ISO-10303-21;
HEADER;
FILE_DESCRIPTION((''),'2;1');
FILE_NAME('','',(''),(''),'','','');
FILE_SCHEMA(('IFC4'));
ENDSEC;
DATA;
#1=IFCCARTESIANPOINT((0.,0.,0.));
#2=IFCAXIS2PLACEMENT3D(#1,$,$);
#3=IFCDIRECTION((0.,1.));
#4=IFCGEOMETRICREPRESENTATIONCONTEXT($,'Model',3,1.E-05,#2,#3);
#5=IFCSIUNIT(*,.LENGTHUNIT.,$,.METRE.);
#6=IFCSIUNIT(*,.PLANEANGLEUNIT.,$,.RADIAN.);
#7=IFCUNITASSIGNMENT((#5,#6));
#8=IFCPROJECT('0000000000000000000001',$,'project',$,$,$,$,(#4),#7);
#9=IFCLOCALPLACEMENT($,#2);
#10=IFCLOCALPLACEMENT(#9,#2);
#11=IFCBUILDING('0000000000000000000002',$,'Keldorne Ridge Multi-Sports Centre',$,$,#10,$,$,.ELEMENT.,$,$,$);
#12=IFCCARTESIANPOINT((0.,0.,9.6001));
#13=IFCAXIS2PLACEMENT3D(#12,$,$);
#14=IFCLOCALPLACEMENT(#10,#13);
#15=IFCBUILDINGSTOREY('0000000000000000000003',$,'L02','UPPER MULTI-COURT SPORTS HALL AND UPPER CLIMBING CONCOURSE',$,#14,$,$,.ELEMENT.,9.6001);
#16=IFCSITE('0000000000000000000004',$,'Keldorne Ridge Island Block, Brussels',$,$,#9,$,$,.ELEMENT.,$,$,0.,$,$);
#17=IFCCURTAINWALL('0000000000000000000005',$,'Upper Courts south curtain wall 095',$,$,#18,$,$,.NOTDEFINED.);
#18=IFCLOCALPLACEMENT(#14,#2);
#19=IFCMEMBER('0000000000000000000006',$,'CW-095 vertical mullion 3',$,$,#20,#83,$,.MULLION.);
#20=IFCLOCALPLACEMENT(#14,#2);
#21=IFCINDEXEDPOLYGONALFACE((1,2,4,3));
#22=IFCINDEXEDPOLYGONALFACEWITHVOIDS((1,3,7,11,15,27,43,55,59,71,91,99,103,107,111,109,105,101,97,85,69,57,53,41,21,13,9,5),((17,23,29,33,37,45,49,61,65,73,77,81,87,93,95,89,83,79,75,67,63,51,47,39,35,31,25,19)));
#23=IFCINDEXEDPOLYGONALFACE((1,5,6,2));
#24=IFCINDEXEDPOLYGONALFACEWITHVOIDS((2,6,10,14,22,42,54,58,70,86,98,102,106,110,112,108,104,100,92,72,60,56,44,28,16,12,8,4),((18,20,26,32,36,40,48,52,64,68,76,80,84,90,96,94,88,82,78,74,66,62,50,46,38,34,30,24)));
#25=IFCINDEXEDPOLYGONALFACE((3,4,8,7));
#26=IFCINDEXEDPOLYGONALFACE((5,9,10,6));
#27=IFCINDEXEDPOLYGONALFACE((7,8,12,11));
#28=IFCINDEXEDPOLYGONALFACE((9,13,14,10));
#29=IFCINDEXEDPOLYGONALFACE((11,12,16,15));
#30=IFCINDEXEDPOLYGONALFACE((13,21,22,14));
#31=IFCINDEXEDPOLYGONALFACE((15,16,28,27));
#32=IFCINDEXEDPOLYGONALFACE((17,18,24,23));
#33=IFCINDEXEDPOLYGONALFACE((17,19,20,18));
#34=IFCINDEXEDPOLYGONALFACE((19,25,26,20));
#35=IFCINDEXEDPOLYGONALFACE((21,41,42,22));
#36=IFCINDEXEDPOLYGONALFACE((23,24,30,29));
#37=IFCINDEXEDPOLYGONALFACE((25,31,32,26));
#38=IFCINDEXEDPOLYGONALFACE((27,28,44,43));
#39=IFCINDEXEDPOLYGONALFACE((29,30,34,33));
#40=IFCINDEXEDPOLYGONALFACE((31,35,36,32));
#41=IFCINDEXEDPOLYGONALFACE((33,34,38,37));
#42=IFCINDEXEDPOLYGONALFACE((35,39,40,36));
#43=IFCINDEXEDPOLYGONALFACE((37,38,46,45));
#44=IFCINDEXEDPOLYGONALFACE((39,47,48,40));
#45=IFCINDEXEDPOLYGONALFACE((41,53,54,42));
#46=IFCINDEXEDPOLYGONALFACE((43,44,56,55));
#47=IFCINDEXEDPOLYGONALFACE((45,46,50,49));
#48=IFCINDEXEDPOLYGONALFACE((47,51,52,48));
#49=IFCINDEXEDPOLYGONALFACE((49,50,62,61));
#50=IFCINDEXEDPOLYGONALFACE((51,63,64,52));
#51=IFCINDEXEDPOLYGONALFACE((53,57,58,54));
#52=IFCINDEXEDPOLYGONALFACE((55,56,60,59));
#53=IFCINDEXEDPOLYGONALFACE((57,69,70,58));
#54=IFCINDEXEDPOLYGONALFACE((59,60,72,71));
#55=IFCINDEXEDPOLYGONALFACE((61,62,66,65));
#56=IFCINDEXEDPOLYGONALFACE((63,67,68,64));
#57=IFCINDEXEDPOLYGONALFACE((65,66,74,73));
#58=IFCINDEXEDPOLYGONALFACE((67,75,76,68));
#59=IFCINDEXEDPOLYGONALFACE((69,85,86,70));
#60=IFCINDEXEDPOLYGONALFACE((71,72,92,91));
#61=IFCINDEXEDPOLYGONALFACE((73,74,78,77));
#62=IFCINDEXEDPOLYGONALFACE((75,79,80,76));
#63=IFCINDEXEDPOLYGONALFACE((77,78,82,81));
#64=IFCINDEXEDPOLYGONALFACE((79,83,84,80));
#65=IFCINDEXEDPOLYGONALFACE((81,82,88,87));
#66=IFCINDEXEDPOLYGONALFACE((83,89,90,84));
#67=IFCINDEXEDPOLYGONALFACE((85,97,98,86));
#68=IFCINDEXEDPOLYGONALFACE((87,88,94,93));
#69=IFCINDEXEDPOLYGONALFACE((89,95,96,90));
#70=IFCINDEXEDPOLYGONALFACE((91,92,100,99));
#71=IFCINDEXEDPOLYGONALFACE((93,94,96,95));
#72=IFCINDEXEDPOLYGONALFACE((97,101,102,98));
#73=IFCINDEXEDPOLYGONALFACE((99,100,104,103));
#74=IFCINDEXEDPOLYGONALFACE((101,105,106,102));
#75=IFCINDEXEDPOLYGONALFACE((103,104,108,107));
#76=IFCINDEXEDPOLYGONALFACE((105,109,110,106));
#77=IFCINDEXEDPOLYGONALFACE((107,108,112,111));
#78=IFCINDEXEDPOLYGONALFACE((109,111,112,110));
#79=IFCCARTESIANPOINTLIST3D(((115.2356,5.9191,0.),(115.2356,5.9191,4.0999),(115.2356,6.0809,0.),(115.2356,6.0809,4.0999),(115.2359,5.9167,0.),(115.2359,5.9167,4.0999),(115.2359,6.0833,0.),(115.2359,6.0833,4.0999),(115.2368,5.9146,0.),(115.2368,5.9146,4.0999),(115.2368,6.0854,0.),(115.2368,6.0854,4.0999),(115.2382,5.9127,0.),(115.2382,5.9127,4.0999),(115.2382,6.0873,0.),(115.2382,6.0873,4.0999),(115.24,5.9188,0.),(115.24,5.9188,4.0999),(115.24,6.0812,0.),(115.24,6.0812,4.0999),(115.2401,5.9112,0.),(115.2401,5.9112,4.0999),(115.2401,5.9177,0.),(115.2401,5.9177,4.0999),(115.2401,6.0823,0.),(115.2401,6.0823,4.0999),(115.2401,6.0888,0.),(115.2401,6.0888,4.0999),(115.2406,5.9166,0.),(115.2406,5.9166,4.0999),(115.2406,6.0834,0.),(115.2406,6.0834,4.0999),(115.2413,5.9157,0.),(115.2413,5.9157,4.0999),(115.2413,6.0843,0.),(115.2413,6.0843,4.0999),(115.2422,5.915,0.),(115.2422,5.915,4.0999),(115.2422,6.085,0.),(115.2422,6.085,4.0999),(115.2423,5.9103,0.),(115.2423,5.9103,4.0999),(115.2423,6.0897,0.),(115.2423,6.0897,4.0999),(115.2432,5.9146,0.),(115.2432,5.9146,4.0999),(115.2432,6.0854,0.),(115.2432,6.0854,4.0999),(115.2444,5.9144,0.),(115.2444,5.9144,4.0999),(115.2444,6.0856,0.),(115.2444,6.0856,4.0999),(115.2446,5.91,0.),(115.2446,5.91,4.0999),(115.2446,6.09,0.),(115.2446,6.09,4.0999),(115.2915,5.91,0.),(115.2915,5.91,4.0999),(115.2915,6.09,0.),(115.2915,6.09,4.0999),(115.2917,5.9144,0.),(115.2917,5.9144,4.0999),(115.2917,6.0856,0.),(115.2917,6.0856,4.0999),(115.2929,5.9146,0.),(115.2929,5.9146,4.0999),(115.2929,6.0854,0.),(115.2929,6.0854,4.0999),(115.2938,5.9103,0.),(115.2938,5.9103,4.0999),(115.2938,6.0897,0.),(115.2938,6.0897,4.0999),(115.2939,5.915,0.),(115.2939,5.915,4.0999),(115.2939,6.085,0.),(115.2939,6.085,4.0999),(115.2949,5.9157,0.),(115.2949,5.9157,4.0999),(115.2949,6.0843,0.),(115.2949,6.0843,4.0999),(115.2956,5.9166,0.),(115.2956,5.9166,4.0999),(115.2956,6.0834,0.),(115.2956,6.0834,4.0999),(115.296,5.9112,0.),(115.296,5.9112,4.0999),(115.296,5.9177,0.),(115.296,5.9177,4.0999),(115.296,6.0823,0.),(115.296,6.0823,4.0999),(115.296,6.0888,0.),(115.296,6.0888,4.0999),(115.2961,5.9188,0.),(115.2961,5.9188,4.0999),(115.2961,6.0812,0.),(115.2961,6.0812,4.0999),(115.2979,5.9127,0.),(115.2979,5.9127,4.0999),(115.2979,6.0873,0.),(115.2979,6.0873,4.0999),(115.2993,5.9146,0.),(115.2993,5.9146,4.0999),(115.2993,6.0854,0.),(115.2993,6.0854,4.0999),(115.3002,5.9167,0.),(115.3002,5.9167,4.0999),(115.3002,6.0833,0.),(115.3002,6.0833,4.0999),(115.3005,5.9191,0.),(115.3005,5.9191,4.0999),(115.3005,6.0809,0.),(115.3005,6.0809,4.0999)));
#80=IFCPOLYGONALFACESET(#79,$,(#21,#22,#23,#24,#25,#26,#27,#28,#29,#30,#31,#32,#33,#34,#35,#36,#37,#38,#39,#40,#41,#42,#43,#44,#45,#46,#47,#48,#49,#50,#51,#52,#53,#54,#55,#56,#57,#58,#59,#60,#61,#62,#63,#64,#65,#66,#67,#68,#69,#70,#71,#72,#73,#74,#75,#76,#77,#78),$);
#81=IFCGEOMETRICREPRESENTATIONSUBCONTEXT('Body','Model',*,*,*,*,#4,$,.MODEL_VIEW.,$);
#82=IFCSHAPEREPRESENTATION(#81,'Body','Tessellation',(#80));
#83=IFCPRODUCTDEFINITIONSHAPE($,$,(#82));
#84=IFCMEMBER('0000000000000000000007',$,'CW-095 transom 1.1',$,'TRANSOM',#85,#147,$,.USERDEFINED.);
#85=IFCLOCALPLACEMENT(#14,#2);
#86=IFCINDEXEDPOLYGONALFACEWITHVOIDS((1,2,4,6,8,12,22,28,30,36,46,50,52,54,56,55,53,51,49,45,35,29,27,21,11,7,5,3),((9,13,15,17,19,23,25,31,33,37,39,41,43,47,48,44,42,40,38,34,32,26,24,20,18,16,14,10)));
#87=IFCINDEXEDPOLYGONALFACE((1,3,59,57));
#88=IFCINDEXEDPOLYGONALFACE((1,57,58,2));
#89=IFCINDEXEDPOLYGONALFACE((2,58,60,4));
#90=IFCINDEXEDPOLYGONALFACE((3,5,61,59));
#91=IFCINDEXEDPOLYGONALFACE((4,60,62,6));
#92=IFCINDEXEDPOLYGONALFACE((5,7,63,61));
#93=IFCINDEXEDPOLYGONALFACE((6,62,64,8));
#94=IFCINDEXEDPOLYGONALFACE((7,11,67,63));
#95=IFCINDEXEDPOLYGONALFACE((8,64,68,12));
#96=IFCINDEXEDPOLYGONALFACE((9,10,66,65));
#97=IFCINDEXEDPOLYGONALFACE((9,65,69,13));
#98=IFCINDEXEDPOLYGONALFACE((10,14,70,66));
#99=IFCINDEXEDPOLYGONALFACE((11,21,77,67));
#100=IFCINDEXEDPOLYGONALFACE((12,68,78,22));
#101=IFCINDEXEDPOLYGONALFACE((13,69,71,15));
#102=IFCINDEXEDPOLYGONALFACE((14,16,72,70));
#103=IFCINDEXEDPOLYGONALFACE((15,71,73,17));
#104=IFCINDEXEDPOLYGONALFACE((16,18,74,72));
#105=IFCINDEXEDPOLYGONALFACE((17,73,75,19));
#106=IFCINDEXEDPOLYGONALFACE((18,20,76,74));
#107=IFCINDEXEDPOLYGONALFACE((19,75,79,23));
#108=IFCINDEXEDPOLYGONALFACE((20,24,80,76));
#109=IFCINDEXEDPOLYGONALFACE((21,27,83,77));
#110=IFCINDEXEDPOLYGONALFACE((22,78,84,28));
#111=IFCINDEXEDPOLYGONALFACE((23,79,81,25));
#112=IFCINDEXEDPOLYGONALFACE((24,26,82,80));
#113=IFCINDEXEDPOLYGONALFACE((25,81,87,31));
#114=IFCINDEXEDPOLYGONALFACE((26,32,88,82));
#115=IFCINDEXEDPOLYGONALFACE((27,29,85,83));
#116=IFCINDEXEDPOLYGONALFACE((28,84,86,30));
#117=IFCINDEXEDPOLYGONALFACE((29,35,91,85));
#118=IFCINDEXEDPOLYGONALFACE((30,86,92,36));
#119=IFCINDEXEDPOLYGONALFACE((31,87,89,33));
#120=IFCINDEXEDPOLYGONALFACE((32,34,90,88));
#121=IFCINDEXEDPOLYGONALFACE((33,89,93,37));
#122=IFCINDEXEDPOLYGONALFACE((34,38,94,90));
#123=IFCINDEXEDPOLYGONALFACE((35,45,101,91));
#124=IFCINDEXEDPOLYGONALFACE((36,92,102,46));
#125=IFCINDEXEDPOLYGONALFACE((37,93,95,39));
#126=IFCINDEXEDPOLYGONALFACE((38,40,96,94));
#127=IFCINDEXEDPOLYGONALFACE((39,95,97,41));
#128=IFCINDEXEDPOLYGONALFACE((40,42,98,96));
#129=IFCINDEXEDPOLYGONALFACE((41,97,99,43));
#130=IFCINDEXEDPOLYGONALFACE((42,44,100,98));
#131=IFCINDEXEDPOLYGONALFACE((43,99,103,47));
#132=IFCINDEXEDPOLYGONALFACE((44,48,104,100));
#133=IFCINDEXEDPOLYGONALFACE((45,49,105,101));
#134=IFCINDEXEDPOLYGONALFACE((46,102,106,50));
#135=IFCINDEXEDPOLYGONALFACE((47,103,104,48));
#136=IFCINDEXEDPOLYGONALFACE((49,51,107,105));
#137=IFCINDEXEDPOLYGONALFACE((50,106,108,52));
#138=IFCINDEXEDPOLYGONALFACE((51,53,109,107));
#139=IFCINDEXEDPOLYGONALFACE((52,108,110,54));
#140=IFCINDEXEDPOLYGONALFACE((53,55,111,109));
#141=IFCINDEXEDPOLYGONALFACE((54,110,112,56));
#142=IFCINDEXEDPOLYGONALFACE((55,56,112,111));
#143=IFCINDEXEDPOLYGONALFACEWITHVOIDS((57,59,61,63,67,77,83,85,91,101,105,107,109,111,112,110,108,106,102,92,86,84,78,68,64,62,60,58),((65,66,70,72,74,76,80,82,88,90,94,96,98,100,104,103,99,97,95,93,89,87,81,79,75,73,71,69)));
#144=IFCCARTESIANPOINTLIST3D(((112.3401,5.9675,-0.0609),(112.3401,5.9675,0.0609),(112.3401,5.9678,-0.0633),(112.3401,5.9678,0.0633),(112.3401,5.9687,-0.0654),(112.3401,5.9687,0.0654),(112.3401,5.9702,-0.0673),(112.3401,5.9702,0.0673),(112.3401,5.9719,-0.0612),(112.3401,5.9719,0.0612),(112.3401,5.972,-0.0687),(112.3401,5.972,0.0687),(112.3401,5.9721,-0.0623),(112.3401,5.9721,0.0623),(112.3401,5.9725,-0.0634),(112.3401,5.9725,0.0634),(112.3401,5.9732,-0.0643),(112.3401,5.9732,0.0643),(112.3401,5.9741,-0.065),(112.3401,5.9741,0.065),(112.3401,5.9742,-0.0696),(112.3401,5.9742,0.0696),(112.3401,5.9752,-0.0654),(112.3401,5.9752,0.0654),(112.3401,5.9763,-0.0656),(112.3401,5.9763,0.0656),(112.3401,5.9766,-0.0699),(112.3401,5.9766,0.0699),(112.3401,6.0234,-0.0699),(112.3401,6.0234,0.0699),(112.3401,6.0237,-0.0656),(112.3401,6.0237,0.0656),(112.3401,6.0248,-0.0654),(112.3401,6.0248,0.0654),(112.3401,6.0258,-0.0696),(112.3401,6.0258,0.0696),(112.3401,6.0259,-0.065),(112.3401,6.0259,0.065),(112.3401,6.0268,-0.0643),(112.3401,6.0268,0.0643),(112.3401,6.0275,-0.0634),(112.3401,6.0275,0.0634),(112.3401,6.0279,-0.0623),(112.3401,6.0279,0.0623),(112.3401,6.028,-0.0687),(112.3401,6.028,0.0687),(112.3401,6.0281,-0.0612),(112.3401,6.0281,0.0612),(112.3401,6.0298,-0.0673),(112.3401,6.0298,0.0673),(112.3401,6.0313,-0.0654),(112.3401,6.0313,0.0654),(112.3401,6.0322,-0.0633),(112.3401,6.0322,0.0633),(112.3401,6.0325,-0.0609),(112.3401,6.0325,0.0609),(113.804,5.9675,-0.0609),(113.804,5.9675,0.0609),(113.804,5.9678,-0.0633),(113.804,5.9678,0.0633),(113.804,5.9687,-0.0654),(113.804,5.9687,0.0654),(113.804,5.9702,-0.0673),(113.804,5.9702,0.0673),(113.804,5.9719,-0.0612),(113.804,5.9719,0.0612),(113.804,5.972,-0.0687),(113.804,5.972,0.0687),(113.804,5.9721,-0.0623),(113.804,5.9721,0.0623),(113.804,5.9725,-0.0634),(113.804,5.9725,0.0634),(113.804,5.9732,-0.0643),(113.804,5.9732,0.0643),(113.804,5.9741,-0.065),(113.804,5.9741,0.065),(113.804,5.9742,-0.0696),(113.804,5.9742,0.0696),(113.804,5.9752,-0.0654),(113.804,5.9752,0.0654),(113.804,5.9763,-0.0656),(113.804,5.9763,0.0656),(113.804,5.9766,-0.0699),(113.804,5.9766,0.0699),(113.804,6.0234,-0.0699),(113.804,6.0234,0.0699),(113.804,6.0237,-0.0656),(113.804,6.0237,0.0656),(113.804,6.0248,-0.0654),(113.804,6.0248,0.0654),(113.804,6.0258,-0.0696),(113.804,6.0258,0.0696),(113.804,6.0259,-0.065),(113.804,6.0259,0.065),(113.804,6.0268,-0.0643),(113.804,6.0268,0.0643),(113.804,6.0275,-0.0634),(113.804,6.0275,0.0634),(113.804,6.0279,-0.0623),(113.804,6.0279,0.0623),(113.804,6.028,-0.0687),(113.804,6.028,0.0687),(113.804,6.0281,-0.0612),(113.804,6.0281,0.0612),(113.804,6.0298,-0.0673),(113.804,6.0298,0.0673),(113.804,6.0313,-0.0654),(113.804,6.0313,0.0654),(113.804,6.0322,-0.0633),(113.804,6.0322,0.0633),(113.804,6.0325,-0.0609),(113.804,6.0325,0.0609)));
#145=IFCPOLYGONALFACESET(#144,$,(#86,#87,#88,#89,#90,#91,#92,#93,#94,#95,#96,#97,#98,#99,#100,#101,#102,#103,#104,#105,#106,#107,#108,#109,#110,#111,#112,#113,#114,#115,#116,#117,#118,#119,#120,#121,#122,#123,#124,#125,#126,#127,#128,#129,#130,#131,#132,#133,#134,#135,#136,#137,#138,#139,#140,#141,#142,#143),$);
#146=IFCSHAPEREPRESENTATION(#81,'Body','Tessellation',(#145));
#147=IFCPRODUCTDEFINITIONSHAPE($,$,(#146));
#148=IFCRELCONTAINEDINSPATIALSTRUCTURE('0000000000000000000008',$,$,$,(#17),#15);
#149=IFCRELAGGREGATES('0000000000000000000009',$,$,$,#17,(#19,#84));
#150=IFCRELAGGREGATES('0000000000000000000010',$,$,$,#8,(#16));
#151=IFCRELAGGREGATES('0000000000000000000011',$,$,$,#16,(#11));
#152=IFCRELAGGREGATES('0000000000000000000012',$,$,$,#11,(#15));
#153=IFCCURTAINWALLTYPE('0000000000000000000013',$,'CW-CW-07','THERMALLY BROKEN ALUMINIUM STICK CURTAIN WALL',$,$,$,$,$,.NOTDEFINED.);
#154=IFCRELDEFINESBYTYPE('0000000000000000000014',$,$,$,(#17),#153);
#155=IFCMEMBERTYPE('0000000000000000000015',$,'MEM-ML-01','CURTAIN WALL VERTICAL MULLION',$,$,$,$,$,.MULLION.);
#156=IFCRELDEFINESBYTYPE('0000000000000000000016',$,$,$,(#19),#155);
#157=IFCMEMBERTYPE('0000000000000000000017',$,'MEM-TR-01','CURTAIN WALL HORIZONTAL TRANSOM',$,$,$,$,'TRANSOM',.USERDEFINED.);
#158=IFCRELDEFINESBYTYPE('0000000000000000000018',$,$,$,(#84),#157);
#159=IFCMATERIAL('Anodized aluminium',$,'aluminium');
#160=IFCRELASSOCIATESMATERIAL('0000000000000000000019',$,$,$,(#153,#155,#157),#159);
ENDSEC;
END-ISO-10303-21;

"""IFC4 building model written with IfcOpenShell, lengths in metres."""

from ifc_helpers import new_model, si_unit, direction, frame, origin, origin_2d, place, context, subcontext, project, spatial, hollow_rectangle, extrude, material, material_profile, profile_set, type_object, element, aggregate, save


model = new_model("IFC4")

# Units and contexts
model_context = context("Model", 3, precision=1e-05, world=origin(), true_north=direction((0.0, 1.0)))
body_context = subcontext(model_context, "Body", "Model", "MODEL_VIEW")
ifc_project = project(units=[si_unit("LENGTHUNIT", "METRE"), si_unit("PLANEANGLEUNIT", "RADIAN")], contexts=[model_context])

# Site, building, storey
site_placement = place(None, origin())
site = spatial("IfcSite", under=ifc_project, at=site_placement, Name="Keldorne Ridge Island Block, Brussels", CompositionType="ELEMENT", RefElevation=0.0)
building_placement = place(site_placement, origin())
building = spatial("IfcBuilding", under=site, at=building_placement, Name="Keldorne Ridge Multi-Sports Centre", CompositionType="ELEMENT")
storey_placement = place(building_placement, frame((0.0, 0.0, 9.6001)))
storey = spatial("IfcBuildingStorey", under=building, at=storey_placement, Name="L02", Description="UPPER MULTI-COURT SPORTS HALL AND UPPER CLIMBING CONCOURSE", CompositionType="ELEMENT", Elevation=9.6001)

# Curtain wall, members
ifc_material_1 = material(Name="Anodized aluminium", Category="aluminium")
curtain_wall_type = type_object("IfcCurtainWallType", Name="CW-CW-07", Description="THERMALLY BROKEN ALUMINIUM STICK CURTAIN WALL", PredefinedType="NOTDEFINED", material=ifc_material_1)
curtain_wall_placement = place(storey_placement, origin())
curtain_wall = element("IfcCurtainWall", 1, at=curtain_wall_placement, inside=storey, type_object=curtain_wall_type, Name="Upper Courts south curtain wall 095", PredefinedType="NOTDEFINED")
ifc_material_profile_1 = material_profile(ifc_material_1, hollow_rectangle(XDim=0.0649, YDim=0.1799, WallThickness=0.0044, InnerFilletRadius=0.0044, OuterFilletRadius=0.009, at=origin_2d()), Name="ALU MULLION 180x65x4.5")
ifc_profile_set_1 = profile_set([ifc_material_profile_1], Name="Anodized aluminium")
member_type_1 = type_object("IfcMemberType", Name="MEM-ML-01", Description="CURTAIN WALL VERTICAL MULLION", PredefinedType="MULLION", material=ifc_profile_set_1)
member_1_placement = place(storey_placement, frame((115.2681, 6.0, 0.0), z_axis=(0.0, 0.0, 1.0), x_axis=(1.0, 0.0, 0.0)))
member_1 = element("IfcMember", 2, at=member_1_placement, type_object=member_type_1, Name="CW-095 vertical mullion 3", PredefinedType="MULLION", context=body_context, shape_type="SweptSolid", body=[
    extrude(hollow_rectangle(XDim=0.0649, YDim=0.1799, WallThickness=0.0044, InnerFilletRadius=0.0044, OuterFilletRadius=0.009, at=origin_2d()), origin(), (0.0, 0.0, 1.0), 4.0999),
])
ifc_material_profile_2 = material_profile(ifc_material_1, hollow_rectangle(XDim=0.0649, YDim=0.1399, WallThickness=0.0044, InnerFilletRadius=0.0044, OuterFilletRadius=0.009, at=origin_2d()), Name="ALU TRANSOM 140x65x4.5")
ifc_profile_set_2 = profile_set([ifc_material_profile_2], Name="Anodized aluminium")
member_type_2 = type_object("IfcMemberType", Name="MEM-TR-01", Description="CURTAIN WALL HORIZONTAL TRANSOM", ElementType="TRANSOM", PredefinedType="USERDEFINED", material=ifc_profile_set_2)
member_2_placement = place(storey_placement, frame((112.3401, 6.0, 0.0), z_axis=(1.0, 0.0, 0.0), x_axis=(0.0, 1.0, 0.0)))
member_2 = element("IfcMember", 3, at=member_2_placement, type_object=member_type_2, Name="CW-095 transom 1.1", ObjectType="TRANSOM", PredefinedType="USERDEFINED", context=body_context, shape_type="SweptSolid", body=[
    extrude(hollow_rectangle(XDim=0.0649, YDim=0.1399, WallThickness=0.0044, InnerFilletRadius=0.0044, OuterFilletRadius=0.009, at=origin_2d()), origin(), (0.0, 0.0, 1.0), 1.4639),
])
aggregate(curtain_wall, [member_1, member_2])

save(model, "model.ifc")
